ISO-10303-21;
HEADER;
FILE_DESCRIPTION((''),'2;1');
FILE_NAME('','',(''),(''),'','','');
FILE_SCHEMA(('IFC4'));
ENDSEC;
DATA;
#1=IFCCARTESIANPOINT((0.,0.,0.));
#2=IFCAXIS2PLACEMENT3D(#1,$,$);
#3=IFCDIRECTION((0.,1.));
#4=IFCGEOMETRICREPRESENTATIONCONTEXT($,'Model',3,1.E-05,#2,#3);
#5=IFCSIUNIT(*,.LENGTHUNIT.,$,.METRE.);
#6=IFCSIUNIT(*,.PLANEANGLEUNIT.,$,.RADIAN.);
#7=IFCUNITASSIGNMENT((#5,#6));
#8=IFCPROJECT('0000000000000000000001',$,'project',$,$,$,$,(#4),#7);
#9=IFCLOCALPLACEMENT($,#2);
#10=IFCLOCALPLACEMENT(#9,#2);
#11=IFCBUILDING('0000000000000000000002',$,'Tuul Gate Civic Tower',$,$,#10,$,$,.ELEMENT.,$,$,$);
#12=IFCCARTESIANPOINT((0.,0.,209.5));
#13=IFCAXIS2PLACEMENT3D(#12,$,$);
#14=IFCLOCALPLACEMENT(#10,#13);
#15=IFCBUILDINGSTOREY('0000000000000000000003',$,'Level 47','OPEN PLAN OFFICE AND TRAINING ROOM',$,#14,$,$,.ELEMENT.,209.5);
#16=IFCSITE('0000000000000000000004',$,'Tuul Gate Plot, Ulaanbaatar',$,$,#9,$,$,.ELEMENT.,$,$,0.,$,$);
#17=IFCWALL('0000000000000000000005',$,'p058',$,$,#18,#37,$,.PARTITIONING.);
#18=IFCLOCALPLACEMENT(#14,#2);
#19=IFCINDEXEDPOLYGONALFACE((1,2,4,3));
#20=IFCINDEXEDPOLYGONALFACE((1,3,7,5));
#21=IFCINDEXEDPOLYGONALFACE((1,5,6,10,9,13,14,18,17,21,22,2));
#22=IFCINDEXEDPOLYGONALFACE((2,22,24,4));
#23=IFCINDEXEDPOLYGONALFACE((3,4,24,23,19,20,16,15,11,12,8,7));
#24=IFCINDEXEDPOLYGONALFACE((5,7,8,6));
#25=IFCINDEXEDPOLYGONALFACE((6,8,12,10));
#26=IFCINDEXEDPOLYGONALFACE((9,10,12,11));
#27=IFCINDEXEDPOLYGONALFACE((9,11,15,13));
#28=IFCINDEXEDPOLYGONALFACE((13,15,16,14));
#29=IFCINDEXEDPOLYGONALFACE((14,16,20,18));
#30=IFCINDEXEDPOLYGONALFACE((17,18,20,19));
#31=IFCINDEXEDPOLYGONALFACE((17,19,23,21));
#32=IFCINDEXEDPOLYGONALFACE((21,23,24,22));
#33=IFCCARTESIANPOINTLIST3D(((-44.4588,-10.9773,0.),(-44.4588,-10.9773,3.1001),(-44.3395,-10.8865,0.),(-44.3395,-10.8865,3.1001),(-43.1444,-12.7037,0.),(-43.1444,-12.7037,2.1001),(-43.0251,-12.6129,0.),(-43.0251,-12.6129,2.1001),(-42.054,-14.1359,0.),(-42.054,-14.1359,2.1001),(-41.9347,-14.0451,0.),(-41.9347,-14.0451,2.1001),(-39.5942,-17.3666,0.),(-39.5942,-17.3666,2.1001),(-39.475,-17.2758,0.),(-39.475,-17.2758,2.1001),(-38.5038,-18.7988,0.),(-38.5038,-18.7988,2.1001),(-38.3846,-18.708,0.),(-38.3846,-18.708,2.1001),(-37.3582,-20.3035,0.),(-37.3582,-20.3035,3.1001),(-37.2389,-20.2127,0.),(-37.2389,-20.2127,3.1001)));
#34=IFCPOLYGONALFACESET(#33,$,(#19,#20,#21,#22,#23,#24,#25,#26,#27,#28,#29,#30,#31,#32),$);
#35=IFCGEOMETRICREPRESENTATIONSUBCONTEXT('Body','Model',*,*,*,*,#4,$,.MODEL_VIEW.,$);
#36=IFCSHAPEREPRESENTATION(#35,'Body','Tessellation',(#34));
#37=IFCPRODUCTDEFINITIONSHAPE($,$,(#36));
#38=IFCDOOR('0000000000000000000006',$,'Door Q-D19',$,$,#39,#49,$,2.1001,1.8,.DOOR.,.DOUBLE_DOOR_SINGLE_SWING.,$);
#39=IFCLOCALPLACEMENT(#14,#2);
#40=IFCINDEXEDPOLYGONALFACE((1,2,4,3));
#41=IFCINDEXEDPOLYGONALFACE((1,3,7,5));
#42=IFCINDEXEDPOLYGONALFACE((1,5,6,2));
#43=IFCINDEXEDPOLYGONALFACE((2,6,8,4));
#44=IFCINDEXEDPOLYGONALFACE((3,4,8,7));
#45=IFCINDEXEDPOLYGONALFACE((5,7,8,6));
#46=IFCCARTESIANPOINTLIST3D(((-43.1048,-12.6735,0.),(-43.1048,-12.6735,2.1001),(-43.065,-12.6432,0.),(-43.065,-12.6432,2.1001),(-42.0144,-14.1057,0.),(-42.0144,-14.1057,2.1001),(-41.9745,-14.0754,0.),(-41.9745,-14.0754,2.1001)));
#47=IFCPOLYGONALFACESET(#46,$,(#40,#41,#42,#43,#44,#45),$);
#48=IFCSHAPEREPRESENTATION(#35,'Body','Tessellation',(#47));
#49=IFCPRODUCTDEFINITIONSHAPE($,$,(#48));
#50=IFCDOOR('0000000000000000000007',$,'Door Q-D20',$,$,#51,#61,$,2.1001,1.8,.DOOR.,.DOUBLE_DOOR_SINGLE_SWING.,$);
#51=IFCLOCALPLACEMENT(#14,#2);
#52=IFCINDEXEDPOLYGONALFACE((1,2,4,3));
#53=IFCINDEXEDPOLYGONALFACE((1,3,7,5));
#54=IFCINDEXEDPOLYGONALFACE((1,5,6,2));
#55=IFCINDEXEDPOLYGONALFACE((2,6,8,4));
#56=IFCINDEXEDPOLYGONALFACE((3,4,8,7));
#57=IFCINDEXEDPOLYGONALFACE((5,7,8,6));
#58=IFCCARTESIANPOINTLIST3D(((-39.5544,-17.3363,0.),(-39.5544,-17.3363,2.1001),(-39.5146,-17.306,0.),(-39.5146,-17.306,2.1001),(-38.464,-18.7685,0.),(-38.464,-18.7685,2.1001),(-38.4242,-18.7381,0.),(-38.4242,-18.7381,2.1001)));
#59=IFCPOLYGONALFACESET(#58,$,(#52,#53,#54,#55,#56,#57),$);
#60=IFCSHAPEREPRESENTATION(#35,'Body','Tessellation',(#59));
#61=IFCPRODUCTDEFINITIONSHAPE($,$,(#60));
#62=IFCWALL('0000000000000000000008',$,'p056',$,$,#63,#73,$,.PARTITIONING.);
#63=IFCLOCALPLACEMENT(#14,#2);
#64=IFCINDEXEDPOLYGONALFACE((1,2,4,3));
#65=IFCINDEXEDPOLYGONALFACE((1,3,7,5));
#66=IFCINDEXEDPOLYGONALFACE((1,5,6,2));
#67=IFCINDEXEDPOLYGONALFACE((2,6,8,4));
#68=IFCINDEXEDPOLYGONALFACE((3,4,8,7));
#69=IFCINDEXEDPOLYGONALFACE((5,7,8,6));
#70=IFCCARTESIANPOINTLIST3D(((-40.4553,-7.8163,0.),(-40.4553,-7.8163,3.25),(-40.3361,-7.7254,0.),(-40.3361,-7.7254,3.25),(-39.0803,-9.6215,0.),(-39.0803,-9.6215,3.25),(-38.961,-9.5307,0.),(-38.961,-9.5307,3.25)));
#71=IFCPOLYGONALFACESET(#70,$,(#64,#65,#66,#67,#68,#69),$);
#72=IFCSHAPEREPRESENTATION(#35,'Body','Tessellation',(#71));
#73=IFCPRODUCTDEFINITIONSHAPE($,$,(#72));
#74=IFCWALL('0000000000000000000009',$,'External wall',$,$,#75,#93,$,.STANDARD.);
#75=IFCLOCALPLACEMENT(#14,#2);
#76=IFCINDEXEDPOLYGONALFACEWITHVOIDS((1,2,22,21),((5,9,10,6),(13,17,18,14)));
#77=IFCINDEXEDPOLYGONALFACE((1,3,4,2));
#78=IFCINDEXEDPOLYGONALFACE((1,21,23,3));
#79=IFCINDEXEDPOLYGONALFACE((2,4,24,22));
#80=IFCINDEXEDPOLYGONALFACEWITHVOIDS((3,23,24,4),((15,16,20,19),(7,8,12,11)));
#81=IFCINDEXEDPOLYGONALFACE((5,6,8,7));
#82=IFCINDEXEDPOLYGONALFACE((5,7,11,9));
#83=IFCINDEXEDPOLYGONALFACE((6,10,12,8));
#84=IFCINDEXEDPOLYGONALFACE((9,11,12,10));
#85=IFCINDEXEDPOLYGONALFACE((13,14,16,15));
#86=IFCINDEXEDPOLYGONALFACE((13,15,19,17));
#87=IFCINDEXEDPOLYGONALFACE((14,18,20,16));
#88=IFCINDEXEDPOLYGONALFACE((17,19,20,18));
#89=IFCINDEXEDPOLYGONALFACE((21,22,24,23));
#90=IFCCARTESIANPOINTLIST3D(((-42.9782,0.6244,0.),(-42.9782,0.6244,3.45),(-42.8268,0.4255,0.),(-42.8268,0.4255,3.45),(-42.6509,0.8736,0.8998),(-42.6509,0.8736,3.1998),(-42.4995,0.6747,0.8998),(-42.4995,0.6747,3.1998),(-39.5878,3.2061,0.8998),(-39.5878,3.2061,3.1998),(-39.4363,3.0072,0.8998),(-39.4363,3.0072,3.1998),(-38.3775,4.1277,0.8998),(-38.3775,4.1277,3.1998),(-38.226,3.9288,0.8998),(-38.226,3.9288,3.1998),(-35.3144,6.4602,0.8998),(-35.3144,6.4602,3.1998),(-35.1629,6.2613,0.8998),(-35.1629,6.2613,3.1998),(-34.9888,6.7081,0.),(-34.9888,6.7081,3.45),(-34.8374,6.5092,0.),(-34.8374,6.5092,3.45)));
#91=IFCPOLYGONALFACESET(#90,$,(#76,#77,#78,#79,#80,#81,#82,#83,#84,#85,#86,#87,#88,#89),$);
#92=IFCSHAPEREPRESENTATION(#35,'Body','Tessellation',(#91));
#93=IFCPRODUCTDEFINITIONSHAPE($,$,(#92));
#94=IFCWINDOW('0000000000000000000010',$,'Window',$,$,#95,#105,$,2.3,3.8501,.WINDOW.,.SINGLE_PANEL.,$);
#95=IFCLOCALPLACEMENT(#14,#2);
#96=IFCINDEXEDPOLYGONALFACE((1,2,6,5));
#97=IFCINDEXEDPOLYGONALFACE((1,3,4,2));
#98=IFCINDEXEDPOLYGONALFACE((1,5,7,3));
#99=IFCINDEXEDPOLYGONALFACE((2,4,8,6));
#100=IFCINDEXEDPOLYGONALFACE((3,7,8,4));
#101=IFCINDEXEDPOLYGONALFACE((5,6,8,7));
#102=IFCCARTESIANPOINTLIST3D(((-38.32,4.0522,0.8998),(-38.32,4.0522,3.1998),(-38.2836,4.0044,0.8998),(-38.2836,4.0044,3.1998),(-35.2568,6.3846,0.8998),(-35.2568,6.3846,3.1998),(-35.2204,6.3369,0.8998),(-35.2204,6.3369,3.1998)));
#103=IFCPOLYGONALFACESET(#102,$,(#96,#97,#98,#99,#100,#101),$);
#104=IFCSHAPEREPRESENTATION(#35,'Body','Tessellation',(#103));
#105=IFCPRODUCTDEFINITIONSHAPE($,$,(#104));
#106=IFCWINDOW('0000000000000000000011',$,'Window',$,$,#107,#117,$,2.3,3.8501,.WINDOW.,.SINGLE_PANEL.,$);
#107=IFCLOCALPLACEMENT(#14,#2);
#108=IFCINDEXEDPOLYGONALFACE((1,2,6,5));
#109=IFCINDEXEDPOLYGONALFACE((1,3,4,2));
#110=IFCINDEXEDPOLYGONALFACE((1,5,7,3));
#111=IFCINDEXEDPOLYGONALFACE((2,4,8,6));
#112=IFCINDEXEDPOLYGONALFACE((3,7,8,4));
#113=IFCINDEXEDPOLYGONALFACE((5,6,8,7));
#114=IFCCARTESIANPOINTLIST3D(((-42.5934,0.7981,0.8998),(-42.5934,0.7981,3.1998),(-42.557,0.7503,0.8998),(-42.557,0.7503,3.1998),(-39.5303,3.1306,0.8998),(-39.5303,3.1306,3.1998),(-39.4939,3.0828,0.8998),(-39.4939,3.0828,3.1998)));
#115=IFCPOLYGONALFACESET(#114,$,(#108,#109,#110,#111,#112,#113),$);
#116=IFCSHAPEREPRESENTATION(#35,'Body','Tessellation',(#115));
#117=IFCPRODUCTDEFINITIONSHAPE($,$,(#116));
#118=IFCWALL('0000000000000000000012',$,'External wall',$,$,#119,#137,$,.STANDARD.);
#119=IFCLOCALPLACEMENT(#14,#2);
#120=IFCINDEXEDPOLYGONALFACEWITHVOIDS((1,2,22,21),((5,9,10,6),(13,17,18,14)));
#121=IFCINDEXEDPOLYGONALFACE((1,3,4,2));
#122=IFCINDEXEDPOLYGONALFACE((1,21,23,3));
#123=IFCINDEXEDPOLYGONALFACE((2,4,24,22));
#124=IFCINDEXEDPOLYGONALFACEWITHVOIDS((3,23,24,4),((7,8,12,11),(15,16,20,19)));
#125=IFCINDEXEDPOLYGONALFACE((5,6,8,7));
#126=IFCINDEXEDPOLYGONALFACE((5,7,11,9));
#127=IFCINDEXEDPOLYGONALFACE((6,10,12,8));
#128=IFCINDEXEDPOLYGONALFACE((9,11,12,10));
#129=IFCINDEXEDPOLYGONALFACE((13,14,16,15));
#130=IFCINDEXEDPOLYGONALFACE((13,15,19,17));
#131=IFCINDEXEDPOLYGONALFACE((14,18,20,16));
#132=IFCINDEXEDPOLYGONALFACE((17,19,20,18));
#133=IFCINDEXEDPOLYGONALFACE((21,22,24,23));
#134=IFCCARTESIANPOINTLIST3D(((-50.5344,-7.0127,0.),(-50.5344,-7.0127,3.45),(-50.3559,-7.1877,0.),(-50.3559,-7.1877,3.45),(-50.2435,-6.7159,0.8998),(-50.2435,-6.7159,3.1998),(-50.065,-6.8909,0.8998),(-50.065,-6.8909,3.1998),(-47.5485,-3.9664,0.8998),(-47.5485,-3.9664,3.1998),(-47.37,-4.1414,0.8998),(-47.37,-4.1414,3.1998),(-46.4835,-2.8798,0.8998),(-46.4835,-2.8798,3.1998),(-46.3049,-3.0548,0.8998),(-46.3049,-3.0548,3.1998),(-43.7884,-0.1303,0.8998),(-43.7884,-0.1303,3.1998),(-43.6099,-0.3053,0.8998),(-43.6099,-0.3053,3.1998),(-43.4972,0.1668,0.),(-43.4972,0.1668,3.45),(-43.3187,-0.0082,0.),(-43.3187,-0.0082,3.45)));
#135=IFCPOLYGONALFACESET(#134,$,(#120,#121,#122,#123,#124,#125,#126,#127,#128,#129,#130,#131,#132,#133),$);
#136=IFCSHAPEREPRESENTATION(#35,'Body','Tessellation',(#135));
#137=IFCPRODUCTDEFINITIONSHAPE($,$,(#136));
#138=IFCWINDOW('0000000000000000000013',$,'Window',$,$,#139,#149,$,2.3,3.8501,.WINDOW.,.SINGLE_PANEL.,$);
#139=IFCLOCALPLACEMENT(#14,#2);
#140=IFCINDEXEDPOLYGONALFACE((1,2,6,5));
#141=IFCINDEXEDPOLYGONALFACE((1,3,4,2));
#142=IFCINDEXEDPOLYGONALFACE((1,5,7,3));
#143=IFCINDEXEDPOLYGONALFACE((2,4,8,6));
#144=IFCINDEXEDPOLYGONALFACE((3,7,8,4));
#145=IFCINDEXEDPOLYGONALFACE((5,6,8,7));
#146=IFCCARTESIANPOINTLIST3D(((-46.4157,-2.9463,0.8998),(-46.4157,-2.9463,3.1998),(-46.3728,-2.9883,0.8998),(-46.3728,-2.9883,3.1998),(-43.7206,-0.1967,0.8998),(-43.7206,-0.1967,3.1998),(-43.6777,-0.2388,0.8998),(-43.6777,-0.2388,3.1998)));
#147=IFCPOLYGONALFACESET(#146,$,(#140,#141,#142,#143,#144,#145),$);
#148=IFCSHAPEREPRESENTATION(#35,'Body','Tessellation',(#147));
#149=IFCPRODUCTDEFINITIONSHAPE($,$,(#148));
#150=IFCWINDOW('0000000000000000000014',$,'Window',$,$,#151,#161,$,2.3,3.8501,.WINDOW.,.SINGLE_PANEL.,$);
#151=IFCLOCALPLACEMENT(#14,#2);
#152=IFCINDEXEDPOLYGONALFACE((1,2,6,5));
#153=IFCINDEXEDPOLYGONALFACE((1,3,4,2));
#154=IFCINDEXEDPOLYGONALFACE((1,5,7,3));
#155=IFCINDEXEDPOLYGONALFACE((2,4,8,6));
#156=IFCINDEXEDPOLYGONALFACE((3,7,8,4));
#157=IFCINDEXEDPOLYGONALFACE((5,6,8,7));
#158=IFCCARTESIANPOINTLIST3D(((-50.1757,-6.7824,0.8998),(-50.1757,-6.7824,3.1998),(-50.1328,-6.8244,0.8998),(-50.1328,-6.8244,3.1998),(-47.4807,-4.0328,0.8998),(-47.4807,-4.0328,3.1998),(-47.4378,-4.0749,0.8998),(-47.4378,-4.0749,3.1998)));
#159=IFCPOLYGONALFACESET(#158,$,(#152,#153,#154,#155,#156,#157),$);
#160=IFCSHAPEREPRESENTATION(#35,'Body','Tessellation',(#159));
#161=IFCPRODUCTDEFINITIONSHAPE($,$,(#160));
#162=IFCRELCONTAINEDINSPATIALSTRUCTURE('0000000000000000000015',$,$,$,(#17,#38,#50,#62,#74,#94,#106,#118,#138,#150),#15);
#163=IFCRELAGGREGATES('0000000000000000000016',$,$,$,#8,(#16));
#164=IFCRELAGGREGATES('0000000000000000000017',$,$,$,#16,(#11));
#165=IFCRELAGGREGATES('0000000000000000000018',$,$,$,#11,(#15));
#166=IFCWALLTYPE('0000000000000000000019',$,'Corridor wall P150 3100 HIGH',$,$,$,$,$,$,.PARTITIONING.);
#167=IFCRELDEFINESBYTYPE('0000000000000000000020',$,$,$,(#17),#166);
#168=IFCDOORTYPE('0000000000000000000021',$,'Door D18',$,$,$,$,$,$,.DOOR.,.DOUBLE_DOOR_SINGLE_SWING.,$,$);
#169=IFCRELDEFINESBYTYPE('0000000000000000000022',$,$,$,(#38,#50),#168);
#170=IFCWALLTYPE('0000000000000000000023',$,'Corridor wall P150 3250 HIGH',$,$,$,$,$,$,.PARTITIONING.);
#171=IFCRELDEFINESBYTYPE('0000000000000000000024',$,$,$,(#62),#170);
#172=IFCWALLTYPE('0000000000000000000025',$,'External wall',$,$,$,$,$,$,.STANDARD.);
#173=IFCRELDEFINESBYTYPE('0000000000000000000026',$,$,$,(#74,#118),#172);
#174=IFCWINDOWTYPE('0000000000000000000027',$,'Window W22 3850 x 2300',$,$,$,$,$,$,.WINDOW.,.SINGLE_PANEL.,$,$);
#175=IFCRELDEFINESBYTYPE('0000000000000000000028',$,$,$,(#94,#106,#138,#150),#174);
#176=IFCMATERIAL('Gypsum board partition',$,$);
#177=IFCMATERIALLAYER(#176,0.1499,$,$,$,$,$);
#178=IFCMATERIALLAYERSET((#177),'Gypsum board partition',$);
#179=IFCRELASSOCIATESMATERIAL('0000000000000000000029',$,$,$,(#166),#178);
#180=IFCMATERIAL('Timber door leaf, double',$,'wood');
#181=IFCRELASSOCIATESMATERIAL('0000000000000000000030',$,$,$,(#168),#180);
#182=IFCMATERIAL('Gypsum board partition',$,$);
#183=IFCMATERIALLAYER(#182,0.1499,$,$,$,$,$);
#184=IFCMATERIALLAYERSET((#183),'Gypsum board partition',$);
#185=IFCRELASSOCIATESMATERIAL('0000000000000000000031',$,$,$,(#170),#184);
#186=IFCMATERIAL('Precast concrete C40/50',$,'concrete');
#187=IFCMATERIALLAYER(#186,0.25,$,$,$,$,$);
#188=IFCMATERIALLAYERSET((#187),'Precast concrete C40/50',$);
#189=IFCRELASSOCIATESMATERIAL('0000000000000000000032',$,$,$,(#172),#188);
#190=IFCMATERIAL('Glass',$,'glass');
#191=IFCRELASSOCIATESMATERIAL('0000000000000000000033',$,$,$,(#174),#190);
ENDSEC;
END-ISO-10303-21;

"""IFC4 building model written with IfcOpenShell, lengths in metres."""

from ifc_helpers import new_model, si_unit, direction, frame, frame_2d, origin, place, context, subcontext, project, spatial, rectangle, extrude, material, layer, layer_set, type_object, element, fill, save


model = new_model("IFC4")

# Units and contexts
model_context = context("Model", 3, precision=1e-05, world=origin(), true_north=direction((0.0, 1.0)))
body_context = subcontext(model_context, "Body", "Model", "MODEL_VIEW")
ifc_project = project(units=[si_unit("LENGTHUNIT", "METRE"), si_unit("PLANEANGLEUNIT", "RADIAN")], contexts=[model_context])

# Site, building, storey
site_placement = place(None, origin())
site = spatial("IfcSite", under=ifc_project, at=site_placement, Name="Tuul Gate Plot, Ulaanbaatar", CompositionType="ELEMENT", RefElevation=0.0)
building_placement = place(site_placement, origin())
building = spatial("IfcBuilding", under=site, at=building_placement, Name="Tuul Gate Civic Tower", CompositionType="ELEMENT")
storey_placement = place(building_placement, frame((0.0, 0.0, 209.5)))
storey = spatial("IfcBuildingStorey", under=building, at=storey_placement, Name="Level 47", Description="OPEN PLAN OFFICE AND TRAINING ROOM", CompositionType="ELEMENT", Elevation=209.5)

# Wall, openings, doors
ifc_material_1 = material(Name="Gypsum board partition")
ifc_layer_1 = layer(ifc_material_1, 0.1499)
ifc_layer_set_1 = layer_set([ifc_layer_1], Name="Gypsum board partition")
wall_type_1 = type_object("IfcWallType", Name="Corridor wall P150 3100 HIGH", PredefinedType="PARTITIONING", material=ifc_layer_set_1)
wall_1_placement = place(storey_placement, frame((-44.3992, -10.9319, 0.0), z_axis=(0.0, 0.0, 1.0), x_axis=(0.60577, -0.79564, 0.0)))
wall_1 = element("IfcWall", 1, at=wall_1_placement, inside=storey, type_object=wall_type_1, Name="p058", PredefinedType="PARTITIONING", context=body_context, shape_type="SweptSolid", body=[
    extrude(rectangle(XDim=11.7217, YDim=0.1499, at=frame_2d((5.8608, 0.0))), origin(), (0.0, 0.0, 1.0), 3.1001),
])
opening_1_placement = place(wall_1_placement, frame((2.1699, 0.0, 0.0)))
opening_1 = element("IfcOpeningElement", 2, at=opening_1_placement, cuts=wall_1, PredefinedType="OPENING", context=body_context, shape_type="SweptSolid", body=[
    extrude(rectangle(XDim=1.8, YDim=2.1001, at=frame_2d((0.8999, 1.05))), frame((0.0, 0.085, 0.0), z_axis=(0.0, -1.0, 0.0), x_axis=(1.0, 0.0, 0.0)), (0.0, 0.0, 1.0), 0.1699),
])
opening_2_placement = place(wall_1_placement, frame((8.0305, 0.0, 0.0)))
opening_2 = element("IfcOpeningElement", 3, at=opening_2_placement, cuts=wall_1, PredefinedType="OPENING", context=body_context, shape_type="SweptSolid", body=[
    extrude(rectangle(XDim=1.8, YDim=2.1001, at=frame_2d((0.8999, 1.05))), frame((0.0, 0.085, 0.0), z_axis=(0.0, -1.0, 0.0), x_axis=(1.0, 0.0, 0.0)), (0.0, 0.0, 1.0), 0.1699),
])
ifc_material_2 = material(Name="Timber door leaf, double", Category="wood")
door_type_1 = type_object("IfcDoorType", Name="Door D18", OperationType="DOUBLE_DOOR_SINGLE_SWING", PredefinedType="DOOR", material=ifc_material_2)
door_1_placement = place(opening_1_placement, origin())
door_1 = element("IfcDoor", 4, at=door_1_placement, inside=storey, type_object=door_type_1, Name="Door Q-D19", OperationType="DOUBLE_DOOR_SINGLE_SWING", OverallHeight=2.1001, OverallWidth=1.8, PredefinedType="DOOR", context=body_context, shape_type="SweptSolid", body=[
    extrude(rectangle(XDim=1.8, YDim=2.1001, at=frame_2d((0.8999, 1.05))), frame((0.0, 0.0249, 0.0), z_axis=(0.0, -1.0, 0.0), x_axis=(1.0, 0.0, 0.0)), (0.0, 0.0, 1.0), 0.05),
])
fill(opening_1, door_1)
door_2_placement = place(opening_2_placement, frame((1.8, 0.0, 0.0), z_axis=(0.0, 0.0, 1.0), x_axis=(-1.0, 0.0, 0.0)))
door_2 = element("IfcDoor", 5, at=door_2_placement, inside=storey, type_object=door_type_1, Name="Door Q-D20", OperationType="DOUBLE_DOOR_SINGLE_SWING", OverallHeight=2.1001, OverallWidth=1.8, PredefinedType="DOOR", context=body_context, shape_type="SweptSolid", body=[
    extrude(rectangle(XDim=1.8, YDim=2.1001, at=frame_2d((0.9001, 1.05))), frame((0.0, 0.0249, 0.0), z_axis=(0.0, -1.0, 0.0), x_axis=(1.0, 0.0, 0.0)), (0.0, 0.0, 1.0), 0.05),
])
fill(opening_2, door_2)

# Wall
ifc_material_3 = material(Name="Gypsum board partition")
ifc_layer_2 = layer(ifc_material_3, 0.1499)
ifc_layer_set_2 = layer_set([ifc_layer_2], Name="Gypsum board partition")
wall_type_2 = type_object("IfcWallType", Name="Corridor wall P150 3250 HIGH", PredefinedType="PARTITIONING", material=ifc_layer_set_2)
wall_2_placement = place(storey_placement, frame((-40.3958, -7.7708, 0.0), z_axis=(0.0, 0.0, 1.0), x_axis=(0.605939, -0.795511, 0.0)))
element("IfcWall", 6, at=wall_2_placement, inside=storey, type_object=wall_type_2, Name="p056", PredefinedType="PARTITIONING", context=body_context, shape_type="SweptSolid", body=[
    extrude(rectangle(XDim=2.2693, YDim=0.1499, at=frame_2d((1.1348, 0.0))), origin(), (0.0, 0.0, 1.0), 3.25),
])

# Walls, openings, windows
ifc_material_4 = material(Name="Precast concrete C40/50", Category="concrete")
ifc_layer_3 = layer(ifc_material_4, 0.25)
ifc_layer_set_3 = layer_set([ifc_layer_3], Name="Precast concrete C40/50")
wall_type_3 = type_object("IfcWallType", Name="External wall", PredefinedType="STANDARD", material=ifc_layer_set_3)
wall_3_placement = place(storey_placement, frame((-34.9131, 6.6086, 0.0), z_axis=(0.0, 0.0, 1.0), x_axis=(-0.7956, -0.605823, 0.0)))
wall_3 = element("IfcWall", 7, at=wall_3_placement, inside=storey, type_object=wall_type_3, Name="External wall", PredefinedType="STANDARD", context=body_context, shape_type="SweptSolid", body=[
    extrude(rectangle(XDim=10.042, YDim=0.25, at=frame_2d((5.021, 0.0))), origin(), (0.0, 0.0, 1.0), 3.45),
])
opening_3_placement = place(wall_3_placement, frame((0.4092, 0.0, 0.8999)))
opening_3 = element("IfcOpeningElement", 8, at=opening_3_placement, cuts=wall_3, PredefinedType="OPENING", context=body_context, shape_type="SweptSolid", body=[
    extrude(rectangle(XDim=3.8501, YDim=2.3, at=frame_2d((1.925, 1.1499))), frame((0.0, 0.135, 0.0), z_axis=(0.0, -1.0, 0.0), x_axis=(1.0, 0.0, 0.0)), (0.0, 0.0, 1.0), 0.27),
])
opening_4_placement = place(wall_3_placement, frame((5.7805, 0.0, 0.8999)))
opening_4 = element("IfcOpeningElement", 9, at=opening_4_placement, cuts=wall_3, PredefinedType="OPENING", context=body_context, shape_type="SweptSolid", body=[
    extrude(rectangle(XDim=3.8501, YDim=2.3, at=frame_2d((1.925, 1.1499))), frame((0.0, 0.135, 0.0), z_axis=(0.0, -1.0, 0.0), x_axis=(1.0, 0.0, 0.0)), (0.0, 0.0, 1.0), 0.27),
])
ifc_material_5 = material(Name="Glass", Category="glass")
window_type_1 = type_object("IfcWindowType", Name="Window W22 3850 x 2300", PartitioningType="SINGLE_PANEL", PredefinedType="WINDOW", material=ifc_material_5)
window_1_placement = place(opening_3_placement, origin())
window_1 = element("IfcWindow", 10, at=window_1_placement, inside=storey, type_object=window_type_1, Name="Window", OverallHeight=2.3, OverallWidth=3.8501, PartitioningType="SINGLE_PANEL", PredefinedType="WINDOW", context=body_context, shape_type="SweptSolid", body=[
    extrude(rectangle(XDim=3.8501, YDim=2.3, at=frame_2d((1.925, 1.1499))), frame((0.0, 0.03, 0.0), z_axis=(0.0, -1.0, 0.0), x_axis=(1.0, 0.0, 0.0)), (0.0, 0.0, 1.0), 0.0601),
])
fill(opening_3, window_1)
window_2_placement = place(opening_4_placement, origin())
window_2 = element("IfcWindow", 11, at=window_2_placement, inside=storey, type_object=window_type_1, Name="Window", OverallHeight=2.3, OverallWidth=3.8501, PartitioningType="SINGLE_PANEL", PredefinedType="WINDOW", context=body_context, shape_type="SweptSolid", body=[
    extrude(rectangle(XDim=3.8501, YDim=2.3, at=frame_2d((1.925, 1.1499))), frame((0.0, 0.03, 0.0), z_axis=(0.0, -1.0, 0.0), x_axis=(1.0, 0.0, 0.0)), (0.0, 0.0, 1.0), 0.0601),
])
fill(opening_4, window_2)
wall_4_placement = place(storey_placement, frame((-43.408, 0.0793, 0.0), z_axis=(0.0, 0.0, 1.0), x_axis=(-0.699992, -0.71415, 0.0)))
wall_4 = element("IfcWall", 12, at=wall_4_placement, inside=storey, type_object=wall_type_3, Name="External wall", PredefinedType="STANDARD", context=body_context, shape_type="SweptSolid", body=[
    extrude(rectangle(XDim=10.0532, YDim=0.25, at=frame_2d((5.0266, 0.0))), origin(), (0.0, 0.0, 1.0), 3.45),
])
opening_5_placement = place(wall_4_placement, frame((0.416, 0.0, 0.8999)))
opening_5 = element("IfcOpeningElement", 13, at=opening_5_placement, cuts=wall_4, PredefinedType="OPENING", context=body_context, shape_type="SweptSolid", body=[
    extrude(rectangle(XDim=3.8501, YDim=2.3, at=frame_2d((1.925, 1.1499))), frame((0.0, 0.135, 0.0), z_axis=(0.0, -1.0, 0.0), x_axis=(1.0, 0.0, 0.0)), (0.0, 0.0, 1.0), 0.27),
])
opening_6_placement = place(wall_4_placement, frame((5.7876, 0.0, 0.8999)))
opening_6 = element("IfcOpeningElement", 14, at=opening_6_placement, cuts=wall_4, PredefinedType="OPENING", context=body_context, shape_type="SweptSolid", body=[
    extrude(rectangle(XDim=3.8501, YDim=2.3, at=frame_2d((1.925, 1.1499))), frame((0.0, 0.135, 0.0), z_axis=(0.0, -1.0, 0.0), x_axis=(1.0, 0.0, 0.0)), (0.0, 0.0, 1.0), 0.27),
])
window_3_placement = place(opening_5_placement, origin())
window_3 = element("IfcWindow", 15, at=window_3_placement, inside=storey, type_object=window_type_1, Name="Window", OverallHeight=2.3, OverallWidth=3.8501, PartitioningType="SINGLE_PANEL", PredefinedType="WINDOW", context=body_context, shape_type="SweptSolid", body=[
    extrude(rectangle(XDim=3.8501, YDim=2.3, at=frame_2d((1.925, 1.1499))), frame((0.0, 0.03, 0.0), z_axis=(0.0, -1.0, 0.0), x_axis=(1.0, 0.0, 0.0)), (0.0, 0.0, 1.0), 0.0601),
])
fill(opening_5, window_3)
window_4_placement = place(opening_6_placement, origin())
window_4 = element("IfcWindow", 16, at=window_4_placement, inside=storey, type_object=window_type_1, Name="Window", OverallHeight=2.3, OverallWidth=3.8501, PartitioningType="SINGLE_PANEL", PredefinedType="WINDOW", context=body_context, shape_type="SweptSolid", body=[
    extrude(rectangle(XDim=3.8501, YDim=2.3, at=frame_2d((1.925, 1.1499))), frame((0.0, 0.03, 0.0), z_axis=(0.0, -1.0, 0.0), x_axis=(1.0, 0.0, 0.0)), (0.0, 0.0, 1.0), 0.0601),
])
fill(opening_6, window_4)

save(model, "model.ifc")
